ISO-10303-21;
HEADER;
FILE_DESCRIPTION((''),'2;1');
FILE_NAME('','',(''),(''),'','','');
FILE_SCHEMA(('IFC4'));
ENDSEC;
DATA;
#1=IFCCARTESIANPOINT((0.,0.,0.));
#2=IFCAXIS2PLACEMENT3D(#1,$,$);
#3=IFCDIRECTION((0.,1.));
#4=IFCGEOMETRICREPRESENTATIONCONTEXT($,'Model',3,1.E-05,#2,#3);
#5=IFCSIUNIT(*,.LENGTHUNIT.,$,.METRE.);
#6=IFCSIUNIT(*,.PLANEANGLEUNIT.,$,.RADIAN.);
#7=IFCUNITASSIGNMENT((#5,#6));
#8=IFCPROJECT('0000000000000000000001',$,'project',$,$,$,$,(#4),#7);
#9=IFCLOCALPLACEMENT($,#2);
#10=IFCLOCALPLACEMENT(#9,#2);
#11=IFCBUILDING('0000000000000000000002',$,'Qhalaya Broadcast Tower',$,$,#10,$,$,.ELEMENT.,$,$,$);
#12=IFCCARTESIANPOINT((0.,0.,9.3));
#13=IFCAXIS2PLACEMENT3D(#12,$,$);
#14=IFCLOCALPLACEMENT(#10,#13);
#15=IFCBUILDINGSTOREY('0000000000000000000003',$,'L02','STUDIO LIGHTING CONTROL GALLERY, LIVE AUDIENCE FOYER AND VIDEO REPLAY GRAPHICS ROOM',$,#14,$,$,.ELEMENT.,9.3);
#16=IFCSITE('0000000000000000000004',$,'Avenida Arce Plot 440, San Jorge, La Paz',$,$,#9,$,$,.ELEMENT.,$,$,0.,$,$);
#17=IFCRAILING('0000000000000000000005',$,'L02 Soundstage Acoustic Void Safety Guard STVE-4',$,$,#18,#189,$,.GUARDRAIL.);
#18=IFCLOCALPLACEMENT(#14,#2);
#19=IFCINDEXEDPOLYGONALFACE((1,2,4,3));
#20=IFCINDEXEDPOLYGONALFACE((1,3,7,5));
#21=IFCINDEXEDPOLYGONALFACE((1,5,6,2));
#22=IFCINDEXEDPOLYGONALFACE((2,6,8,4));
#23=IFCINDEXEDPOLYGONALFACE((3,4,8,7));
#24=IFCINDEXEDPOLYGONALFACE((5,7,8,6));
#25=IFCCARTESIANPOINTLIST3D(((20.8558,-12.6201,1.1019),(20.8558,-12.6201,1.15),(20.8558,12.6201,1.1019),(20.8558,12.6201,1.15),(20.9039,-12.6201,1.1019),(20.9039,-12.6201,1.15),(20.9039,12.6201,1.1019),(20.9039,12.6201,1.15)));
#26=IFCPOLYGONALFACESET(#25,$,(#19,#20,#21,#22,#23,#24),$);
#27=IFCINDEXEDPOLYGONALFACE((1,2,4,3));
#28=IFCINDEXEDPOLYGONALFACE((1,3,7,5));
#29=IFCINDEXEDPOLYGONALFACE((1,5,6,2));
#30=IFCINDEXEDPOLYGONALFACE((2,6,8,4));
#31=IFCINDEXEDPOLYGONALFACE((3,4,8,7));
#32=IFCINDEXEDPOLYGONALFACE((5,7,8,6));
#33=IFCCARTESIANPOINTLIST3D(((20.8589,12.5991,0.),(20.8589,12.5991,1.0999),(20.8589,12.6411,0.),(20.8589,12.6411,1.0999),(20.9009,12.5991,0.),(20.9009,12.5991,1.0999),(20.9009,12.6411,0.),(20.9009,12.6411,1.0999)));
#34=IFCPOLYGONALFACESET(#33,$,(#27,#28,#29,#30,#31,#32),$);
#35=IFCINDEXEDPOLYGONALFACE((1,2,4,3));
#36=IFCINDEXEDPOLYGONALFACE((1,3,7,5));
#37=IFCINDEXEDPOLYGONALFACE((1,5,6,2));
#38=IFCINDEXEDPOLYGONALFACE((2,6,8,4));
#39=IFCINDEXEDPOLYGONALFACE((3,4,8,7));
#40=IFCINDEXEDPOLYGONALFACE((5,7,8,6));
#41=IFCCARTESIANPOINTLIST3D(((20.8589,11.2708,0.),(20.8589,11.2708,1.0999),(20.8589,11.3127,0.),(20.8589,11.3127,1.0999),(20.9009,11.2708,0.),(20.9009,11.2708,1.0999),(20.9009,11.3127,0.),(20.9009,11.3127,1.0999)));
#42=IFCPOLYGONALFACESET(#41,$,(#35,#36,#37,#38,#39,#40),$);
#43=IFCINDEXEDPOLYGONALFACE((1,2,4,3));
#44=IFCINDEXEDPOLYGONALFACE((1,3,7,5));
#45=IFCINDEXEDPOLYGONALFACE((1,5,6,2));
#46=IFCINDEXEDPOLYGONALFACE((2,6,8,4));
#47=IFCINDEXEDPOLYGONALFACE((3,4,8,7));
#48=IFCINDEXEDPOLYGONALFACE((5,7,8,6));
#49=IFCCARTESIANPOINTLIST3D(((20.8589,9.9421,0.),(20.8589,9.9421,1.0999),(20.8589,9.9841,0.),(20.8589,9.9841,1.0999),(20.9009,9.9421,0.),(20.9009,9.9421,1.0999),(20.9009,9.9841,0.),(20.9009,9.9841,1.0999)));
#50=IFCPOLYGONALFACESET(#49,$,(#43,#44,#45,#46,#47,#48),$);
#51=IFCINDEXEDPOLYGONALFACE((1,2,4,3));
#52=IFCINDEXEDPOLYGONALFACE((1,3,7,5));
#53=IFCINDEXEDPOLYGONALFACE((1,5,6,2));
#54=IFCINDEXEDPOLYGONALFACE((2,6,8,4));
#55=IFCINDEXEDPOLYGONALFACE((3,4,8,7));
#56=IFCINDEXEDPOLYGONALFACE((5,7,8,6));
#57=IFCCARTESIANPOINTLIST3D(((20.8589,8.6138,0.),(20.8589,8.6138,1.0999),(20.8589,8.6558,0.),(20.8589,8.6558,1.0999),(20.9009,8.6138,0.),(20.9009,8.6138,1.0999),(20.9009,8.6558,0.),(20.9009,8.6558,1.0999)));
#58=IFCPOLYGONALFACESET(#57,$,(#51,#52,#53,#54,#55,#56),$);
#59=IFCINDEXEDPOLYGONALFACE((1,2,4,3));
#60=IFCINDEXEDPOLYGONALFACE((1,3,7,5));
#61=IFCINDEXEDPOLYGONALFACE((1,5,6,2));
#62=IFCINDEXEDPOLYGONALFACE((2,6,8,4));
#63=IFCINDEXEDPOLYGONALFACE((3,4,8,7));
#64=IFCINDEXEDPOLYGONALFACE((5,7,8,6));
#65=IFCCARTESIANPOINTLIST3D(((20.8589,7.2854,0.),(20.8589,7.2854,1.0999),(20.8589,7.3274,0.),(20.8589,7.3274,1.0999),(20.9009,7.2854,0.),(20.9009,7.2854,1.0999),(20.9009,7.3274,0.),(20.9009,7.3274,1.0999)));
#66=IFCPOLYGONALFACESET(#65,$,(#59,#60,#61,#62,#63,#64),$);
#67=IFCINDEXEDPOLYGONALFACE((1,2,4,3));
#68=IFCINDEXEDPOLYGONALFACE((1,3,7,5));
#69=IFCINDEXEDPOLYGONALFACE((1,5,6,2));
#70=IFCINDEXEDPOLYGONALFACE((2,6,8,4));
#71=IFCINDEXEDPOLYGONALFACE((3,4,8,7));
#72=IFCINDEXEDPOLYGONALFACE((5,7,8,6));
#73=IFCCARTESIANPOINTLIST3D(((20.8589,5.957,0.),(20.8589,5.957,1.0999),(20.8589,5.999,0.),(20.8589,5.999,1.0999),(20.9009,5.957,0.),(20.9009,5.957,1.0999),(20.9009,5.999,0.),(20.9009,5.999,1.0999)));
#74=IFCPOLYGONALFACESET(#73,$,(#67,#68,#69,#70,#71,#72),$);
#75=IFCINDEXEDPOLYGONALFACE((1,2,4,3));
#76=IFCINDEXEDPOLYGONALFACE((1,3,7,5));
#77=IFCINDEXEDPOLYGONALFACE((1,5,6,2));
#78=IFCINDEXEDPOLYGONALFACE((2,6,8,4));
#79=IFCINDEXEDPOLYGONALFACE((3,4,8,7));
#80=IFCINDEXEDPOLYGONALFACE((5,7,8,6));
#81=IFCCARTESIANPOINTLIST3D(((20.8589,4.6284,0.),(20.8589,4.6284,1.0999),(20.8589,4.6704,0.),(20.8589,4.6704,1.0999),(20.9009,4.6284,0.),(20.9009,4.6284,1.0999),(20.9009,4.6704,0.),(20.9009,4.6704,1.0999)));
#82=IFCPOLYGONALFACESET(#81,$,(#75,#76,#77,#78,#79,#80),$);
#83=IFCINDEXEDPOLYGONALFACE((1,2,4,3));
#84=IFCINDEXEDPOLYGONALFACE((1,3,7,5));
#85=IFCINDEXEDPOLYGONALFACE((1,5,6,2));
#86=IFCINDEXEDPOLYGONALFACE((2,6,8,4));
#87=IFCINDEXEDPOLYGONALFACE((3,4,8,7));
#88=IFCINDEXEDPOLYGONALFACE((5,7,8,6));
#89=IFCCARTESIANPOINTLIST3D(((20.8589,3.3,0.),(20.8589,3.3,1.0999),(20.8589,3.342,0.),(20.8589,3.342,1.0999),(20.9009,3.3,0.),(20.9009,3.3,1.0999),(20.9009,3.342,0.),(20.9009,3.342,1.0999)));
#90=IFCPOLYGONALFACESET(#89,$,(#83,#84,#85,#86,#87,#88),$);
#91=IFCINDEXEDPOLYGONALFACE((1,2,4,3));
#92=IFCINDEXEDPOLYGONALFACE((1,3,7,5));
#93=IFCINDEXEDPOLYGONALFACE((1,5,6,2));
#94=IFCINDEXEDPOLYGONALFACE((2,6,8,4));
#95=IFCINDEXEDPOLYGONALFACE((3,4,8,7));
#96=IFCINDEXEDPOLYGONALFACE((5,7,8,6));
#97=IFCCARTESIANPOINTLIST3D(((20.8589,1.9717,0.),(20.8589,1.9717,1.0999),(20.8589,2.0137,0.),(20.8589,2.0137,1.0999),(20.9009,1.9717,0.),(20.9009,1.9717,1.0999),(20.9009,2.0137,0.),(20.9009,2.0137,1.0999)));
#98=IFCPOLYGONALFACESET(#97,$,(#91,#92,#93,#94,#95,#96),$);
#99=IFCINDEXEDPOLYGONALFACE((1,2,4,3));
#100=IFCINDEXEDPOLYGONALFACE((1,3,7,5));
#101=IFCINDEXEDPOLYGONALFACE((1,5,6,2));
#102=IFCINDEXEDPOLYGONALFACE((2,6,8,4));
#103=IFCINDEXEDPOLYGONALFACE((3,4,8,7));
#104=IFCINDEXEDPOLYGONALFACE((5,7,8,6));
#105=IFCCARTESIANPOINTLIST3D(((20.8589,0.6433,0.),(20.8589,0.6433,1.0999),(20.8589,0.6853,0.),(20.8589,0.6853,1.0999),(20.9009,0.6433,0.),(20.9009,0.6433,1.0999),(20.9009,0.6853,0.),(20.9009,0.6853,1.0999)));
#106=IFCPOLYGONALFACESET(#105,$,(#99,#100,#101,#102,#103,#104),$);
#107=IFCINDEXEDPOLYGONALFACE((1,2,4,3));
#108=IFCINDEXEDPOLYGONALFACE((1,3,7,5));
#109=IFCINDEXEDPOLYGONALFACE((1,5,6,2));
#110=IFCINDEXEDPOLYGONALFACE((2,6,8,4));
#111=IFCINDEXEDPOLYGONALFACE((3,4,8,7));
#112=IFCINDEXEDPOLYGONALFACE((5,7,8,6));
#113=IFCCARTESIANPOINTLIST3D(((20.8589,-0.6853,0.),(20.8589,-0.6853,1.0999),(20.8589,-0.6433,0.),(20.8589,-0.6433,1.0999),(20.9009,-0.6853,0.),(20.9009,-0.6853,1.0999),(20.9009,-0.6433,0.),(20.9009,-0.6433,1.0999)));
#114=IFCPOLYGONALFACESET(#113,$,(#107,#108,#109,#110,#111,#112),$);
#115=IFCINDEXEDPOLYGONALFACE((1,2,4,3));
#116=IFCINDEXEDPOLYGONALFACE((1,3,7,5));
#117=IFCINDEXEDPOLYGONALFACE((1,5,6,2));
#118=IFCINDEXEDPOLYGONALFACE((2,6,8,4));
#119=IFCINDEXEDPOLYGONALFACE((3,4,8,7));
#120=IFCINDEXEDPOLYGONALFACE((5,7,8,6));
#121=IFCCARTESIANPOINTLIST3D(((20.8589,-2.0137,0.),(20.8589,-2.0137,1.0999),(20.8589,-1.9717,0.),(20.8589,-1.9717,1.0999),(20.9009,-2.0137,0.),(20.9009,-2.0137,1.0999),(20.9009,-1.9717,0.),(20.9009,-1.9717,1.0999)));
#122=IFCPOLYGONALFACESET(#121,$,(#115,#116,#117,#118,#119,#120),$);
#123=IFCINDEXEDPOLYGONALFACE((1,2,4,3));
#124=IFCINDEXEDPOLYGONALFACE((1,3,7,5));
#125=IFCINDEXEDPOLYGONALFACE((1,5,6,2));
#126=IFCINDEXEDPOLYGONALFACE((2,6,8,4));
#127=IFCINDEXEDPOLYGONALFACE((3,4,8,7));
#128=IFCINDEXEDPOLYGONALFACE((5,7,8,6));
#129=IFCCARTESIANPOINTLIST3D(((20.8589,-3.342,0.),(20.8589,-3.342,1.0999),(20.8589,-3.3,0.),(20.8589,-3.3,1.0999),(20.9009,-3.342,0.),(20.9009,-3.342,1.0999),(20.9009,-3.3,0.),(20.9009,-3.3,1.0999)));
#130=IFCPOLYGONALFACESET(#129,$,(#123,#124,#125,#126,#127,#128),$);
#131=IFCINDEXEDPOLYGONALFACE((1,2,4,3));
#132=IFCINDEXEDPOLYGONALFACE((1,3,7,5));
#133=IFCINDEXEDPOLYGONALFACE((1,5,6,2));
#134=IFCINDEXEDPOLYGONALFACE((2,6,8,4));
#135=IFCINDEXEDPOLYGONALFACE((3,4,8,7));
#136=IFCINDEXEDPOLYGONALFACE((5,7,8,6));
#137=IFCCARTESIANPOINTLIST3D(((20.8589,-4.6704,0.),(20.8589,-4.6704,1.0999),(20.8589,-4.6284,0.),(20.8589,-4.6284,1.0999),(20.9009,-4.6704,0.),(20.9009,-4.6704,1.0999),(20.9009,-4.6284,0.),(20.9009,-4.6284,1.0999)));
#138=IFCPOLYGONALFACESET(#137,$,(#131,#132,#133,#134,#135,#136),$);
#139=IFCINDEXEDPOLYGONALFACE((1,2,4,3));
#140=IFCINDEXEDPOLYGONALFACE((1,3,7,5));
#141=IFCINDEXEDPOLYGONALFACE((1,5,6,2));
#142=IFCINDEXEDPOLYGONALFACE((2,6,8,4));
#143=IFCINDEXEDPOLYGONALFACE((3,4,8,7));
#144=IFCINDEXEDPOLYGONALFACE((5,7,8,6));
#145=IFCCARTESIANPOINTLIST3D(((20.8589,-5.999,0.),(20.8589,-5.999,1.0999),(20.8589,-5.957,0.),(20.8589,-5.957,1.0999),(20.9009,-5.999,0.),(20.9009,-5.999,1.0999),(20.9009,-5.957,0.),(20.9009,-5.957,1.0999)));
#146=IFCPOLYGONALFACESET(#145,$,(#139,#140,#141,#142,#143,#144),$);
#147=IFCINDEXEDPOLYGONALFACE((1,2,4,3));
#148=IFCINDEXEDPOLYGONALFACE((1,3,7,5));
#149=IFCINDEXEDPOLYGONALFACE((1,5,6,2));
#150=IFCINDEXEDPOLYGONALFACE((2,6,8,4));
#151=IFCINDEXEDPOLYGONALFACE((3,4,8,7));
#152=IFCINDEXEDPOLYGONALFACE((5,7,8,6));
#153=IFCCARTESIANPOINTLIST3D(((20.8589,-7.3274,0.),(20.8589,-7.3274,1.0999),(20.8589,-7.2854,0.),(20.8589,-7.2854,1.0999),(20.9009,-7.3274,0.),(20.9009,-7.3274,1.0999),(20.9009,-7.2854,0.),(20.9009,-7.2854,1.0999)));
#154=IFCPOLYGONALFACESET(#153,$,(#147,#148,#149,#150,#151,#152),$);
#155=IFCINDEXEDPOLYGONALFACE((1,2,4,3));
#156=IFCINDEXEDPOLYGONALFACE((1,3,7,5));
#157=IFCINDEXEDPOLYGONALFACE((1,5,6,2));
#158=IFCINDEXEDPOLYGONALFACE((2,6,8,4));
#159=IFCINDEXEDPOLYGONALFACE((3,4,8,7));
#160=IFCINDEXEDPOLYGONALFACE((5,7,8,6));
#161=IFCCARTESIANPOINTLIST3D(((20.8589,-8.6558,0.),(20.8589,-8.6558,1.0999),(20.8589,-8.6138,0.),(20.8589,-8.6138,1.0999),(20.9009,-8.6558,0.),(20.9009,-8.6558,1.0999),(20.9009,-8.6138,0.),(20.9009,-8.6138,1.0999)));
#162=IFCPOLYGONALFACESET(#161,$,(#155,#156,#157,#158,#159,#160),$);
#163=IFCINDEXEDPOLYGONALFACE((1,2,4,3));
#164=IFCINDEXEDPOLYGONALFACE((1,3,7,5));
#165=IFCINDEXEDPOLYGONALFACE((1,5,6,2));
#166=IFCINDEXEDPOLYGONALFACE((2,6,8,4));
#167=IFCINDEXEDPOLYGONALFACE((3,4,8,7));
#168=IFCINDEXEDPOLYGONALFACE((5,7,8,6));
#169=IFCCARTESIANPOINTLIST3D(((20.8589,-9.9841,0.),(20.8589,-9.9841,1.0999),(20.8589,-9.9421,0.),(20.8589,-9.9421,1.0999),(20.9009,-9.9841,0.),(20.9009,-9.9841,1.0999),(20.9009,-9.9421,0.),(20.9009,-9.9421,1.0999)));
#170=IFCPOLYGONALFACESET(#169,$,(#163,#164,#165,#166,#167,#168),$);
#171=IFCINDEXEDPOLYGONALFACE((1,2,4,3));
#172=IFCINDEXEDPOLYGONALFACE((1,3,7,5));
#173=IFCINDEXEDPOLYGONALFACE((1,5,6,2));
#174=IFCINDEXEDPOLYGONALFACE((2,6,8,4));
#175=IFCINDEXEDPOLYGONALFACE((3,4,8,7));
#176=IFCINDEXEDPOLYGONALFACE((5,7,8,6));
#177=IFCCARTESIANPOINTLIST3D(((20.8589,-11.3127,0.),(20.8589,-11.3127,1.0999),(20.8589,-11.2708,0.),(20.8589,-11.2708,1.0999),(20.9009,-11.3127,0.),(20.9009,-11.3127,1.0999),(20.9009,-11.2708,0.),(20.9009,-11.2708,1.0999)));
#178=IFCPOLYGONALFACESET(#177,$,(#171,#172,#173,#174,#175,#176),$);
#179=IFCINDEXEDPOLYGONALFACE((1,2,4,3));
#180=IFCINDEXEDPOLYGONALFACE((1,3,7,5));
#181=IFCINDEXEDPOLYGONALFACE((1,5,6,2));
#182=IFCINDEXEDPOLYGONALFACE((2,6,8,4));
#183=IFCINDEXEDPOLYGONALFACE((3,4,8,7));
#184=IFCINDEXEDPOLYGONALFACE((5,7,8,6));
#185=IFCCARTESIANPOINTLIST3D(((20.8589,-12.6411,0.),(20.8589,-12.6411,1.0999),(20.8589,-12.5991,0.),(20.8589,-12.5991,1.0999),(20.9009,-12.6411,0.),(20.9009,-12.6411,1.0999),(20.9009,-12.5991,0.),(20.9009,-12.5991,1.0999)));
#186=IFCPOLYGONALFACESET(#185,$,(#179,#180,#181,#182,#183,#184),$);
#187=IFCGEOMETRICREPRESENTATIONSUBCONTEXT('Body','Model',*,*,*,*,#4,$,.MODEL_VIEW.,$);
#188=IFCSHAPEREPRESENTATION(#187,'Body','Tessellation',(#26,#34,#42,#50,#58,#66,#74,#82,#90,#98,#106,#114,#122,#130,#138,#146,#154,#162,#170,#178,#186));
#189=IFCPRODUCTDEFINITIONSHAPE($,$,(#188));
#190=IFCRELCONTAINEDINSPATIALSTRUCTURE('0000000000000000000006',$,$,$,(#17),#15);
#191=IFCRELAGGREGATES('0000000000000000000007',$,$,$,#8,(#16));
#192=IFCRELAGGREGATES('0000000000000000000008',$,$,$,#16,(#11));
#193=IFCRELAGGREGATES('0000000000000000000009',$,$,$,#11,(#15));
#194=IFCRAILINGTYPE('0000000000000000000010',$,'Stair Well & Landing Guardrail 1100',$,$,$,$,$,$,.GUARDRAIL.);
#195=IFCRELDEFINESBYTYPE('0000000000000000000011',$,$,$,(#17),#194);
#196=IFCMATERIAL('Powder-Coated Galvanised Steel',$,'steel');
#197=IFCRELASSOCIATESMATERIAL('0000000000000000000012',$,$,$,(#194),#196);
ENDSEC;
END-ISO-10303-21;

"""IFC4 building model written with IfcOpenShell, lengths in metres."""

from ifc_helpers import new_model, si_unit, direction, frame, origin, origin_2d, place, context, subcontext, project, spatial, rectangle, extrude, material, type_object, element, save


model = new_model("IFC4")

# Units and contexts
model_context = context("Model", 3, precision=1e-05, world=origin(), true_north=direction((0.0, 1.0)))
body_context = subcontext(model_context, "Body", "Model", "MODEL_VIEW")
ifc_project = project(units=[si_unit("LENGTHUNIT", "METRE"), si_unit("PLANEANGLEUNIT", "RADIAN")], contexts=[model_context])

# Site, building, storey
site_placement = place(None, origin())
site = spatial("IfcSite", under=ifc_project, at=site_placement, Name="Avenida Arce Plot 440, San Jorge, La Paz", CompositionType="ELEMENT", RefElevation=0.0)
building_placement = place(site_placement, origin())
building = spatial("IfcBuilding", under=site, at=building_placement, Name="Qhalaya Broadcast Tower", CompositionType="ELEMENT")
storey_placement = place(building_placement, frame((0.0, 0.0, 9.3)))
storey = spatial("IfcBuildingStorey", under=building, at=storey_placement, Name="L02", Description="STUDIO LIGHTING CONTROL GALLERY, LIVE AUDIENCE FOYER AND VIDEO REPLAY GRAPHICS ROOM", CompositionType="ELEMENT", Elevation=9.3)

# Railing
ifc_material_1 = material(Name="Powder-Coated Galvanised Steel", Category="steel")
railing_type = type_object("IfcRailingType", Name="Stair Well & Landing Guardrail 1100", PredefinedType="GUARDRAIL", material=ifc_material_1)
railing_1_placement = place(storey_placement, frame((20.8799, 12.6201, 0.0)))
element("IfcRailing", 1, at=railing_1_placement, inside=storey, type_object=railing_type, Name="L02 Soundstage Acoustic Void Safety Guard STVE-4", PredefinedType="GUARDRAIL", context=body_context, shape_type="SweptSolid", body=[
    extrude(rectangle(XDim=0.0481, YDim=0.0481, at=origin_2d()), frame((0.0, 0.0, 1.126), z_axis=(0.0, -1.0, 0.0), x_axis=(1.0, 0.0, 0.0)), (0.0, 0.0, 1.0), 25.2402),
    extrude(rectangle(XDim=0.042, YDim=0.042, at=origin_2d()), origin(), (0.0, 0.0, 1.0), 1.0999),
    extrude(rectangle(XDim=0.042, YDim=0.042, at=origin_2d()), frame((0.0, -1.3284, 0.0)), (0.0, 0.0, 1.0), 1.0999),
    extrude(rectangle(XDim=0.042, YDim=0.042, at=origin_2d()), frame((0.0, -2.657, 0.0)), (0.0, 0.0, 1.0), 1.0999),
    extrude(rectangle(XDim=0.042, YDim=0.042, at=origin_2d()), frame((0.0, -3.9854, 0.0)), (0.0, 0.0, 1.0), 1.0999),
    extrude(rectangle(XDim=0.042, YDim=0.042, at=origin_2d()), frame((0.0, -5.3137, 0.0)), (0.0, 0.0, 1.0), 1.0999),
    extrude(rectangle(XDim=0.042, YDim=0.042, at=origin_2d()), frame((0.0, -6.6421, 0.0)), (0.0, 0.0, 1.0), 1.0999),
    extrude(rectangle(XDim=0.042, YDim=0.042, at=origin_2d()), frame((0.0, -7.9707, 0.0)), (0.0, 0.0, 1.0), 1.0999),
    extrude(rectangle(XDim=0.042, YDim=0.042, at=origin_2d()), frame((0.0, -9.2991, 0.0)), (0.0, 0.0, 1.0), 1.0999),
    extrude(rectangle(XDim=0.042, YDim=0.042, at=origin_2d()), frame((0.0, -10.6274, 0.0)), (0.0, 0.0, 1.0), 1.0999),
    extrude(rectangle(XDim=0.042, YDim=0.042, at=origin_2d()), frame((0.0, -11.9558, 0.0)), (0.0, 0.0, 1.0), 1.0999),
    extrude(rectangle(XDim=0.042, YDim=0.042, at=origin_2d()), frame((0.0, -13.2844, 0.0)), (0.0, 0.0, 1.0), 1.0999),
    extrude(rectangle(XDim=0.042, YDim=0.042, at=origin_2d()), frame((0.0, -14.6128, 0.0)), (0.0, 0.0, 1.0), 1.0999),
    extrude(rectangle(XDim=0.042, YDim=0.042, at=origin_2d()), frame((0.0, -15.9412, 0.0)), (0.0, 0.0, 1.0), 1.0999),
    extrude(rectangle(XDim=0.042, YDim=0.042, at=origin_2d()), frame((0.0, -17.2695, 0.0)), (0.0, 0.0, 1.0), 1.0999),
    extrude(rectangle(XDim=0.042, YDim=0.042, at=origin_2d()), frame((0.0, -18.5981, 0.0)), (0.0, 0.0, 1.0), 1.0999),
    extrude(rectangle(XDim=0.042, YDim=0.042, at=origin_2d()), frame((0.0, -19.9265, 0.0)), (0.0, 0.0, 1.0), 1.0999),
    extrude(rectangle(XDim=0.042, YDim=0.042, at=origin_2d()), frame((0.0, -21.2549, 0.0)), (0.0, 0.0, 1.0), 1.0999),
    extrude(rectangle(XDim=0.042, YDim=0.042, at=origin_2d()), frame((0.0, -22.5833, 0.0)), (0.0, 0.0, 1.0), 1.0999),
    extrude(rectangle(XDim=0.042, YDim=0.042, at=origin_2d()), frame((0.0, -23.9119, 0.0)), (0.0, 0.0, 1.0), 1.0999),
    extrude(rectangle(XDim=0.042, YDim=0.042, at=origin_2d()), frame((0.0, -25.2402, 0.0)), (0.0, 0.0, 1.0), 1.0999),
])

save(model, "model.ifc")
